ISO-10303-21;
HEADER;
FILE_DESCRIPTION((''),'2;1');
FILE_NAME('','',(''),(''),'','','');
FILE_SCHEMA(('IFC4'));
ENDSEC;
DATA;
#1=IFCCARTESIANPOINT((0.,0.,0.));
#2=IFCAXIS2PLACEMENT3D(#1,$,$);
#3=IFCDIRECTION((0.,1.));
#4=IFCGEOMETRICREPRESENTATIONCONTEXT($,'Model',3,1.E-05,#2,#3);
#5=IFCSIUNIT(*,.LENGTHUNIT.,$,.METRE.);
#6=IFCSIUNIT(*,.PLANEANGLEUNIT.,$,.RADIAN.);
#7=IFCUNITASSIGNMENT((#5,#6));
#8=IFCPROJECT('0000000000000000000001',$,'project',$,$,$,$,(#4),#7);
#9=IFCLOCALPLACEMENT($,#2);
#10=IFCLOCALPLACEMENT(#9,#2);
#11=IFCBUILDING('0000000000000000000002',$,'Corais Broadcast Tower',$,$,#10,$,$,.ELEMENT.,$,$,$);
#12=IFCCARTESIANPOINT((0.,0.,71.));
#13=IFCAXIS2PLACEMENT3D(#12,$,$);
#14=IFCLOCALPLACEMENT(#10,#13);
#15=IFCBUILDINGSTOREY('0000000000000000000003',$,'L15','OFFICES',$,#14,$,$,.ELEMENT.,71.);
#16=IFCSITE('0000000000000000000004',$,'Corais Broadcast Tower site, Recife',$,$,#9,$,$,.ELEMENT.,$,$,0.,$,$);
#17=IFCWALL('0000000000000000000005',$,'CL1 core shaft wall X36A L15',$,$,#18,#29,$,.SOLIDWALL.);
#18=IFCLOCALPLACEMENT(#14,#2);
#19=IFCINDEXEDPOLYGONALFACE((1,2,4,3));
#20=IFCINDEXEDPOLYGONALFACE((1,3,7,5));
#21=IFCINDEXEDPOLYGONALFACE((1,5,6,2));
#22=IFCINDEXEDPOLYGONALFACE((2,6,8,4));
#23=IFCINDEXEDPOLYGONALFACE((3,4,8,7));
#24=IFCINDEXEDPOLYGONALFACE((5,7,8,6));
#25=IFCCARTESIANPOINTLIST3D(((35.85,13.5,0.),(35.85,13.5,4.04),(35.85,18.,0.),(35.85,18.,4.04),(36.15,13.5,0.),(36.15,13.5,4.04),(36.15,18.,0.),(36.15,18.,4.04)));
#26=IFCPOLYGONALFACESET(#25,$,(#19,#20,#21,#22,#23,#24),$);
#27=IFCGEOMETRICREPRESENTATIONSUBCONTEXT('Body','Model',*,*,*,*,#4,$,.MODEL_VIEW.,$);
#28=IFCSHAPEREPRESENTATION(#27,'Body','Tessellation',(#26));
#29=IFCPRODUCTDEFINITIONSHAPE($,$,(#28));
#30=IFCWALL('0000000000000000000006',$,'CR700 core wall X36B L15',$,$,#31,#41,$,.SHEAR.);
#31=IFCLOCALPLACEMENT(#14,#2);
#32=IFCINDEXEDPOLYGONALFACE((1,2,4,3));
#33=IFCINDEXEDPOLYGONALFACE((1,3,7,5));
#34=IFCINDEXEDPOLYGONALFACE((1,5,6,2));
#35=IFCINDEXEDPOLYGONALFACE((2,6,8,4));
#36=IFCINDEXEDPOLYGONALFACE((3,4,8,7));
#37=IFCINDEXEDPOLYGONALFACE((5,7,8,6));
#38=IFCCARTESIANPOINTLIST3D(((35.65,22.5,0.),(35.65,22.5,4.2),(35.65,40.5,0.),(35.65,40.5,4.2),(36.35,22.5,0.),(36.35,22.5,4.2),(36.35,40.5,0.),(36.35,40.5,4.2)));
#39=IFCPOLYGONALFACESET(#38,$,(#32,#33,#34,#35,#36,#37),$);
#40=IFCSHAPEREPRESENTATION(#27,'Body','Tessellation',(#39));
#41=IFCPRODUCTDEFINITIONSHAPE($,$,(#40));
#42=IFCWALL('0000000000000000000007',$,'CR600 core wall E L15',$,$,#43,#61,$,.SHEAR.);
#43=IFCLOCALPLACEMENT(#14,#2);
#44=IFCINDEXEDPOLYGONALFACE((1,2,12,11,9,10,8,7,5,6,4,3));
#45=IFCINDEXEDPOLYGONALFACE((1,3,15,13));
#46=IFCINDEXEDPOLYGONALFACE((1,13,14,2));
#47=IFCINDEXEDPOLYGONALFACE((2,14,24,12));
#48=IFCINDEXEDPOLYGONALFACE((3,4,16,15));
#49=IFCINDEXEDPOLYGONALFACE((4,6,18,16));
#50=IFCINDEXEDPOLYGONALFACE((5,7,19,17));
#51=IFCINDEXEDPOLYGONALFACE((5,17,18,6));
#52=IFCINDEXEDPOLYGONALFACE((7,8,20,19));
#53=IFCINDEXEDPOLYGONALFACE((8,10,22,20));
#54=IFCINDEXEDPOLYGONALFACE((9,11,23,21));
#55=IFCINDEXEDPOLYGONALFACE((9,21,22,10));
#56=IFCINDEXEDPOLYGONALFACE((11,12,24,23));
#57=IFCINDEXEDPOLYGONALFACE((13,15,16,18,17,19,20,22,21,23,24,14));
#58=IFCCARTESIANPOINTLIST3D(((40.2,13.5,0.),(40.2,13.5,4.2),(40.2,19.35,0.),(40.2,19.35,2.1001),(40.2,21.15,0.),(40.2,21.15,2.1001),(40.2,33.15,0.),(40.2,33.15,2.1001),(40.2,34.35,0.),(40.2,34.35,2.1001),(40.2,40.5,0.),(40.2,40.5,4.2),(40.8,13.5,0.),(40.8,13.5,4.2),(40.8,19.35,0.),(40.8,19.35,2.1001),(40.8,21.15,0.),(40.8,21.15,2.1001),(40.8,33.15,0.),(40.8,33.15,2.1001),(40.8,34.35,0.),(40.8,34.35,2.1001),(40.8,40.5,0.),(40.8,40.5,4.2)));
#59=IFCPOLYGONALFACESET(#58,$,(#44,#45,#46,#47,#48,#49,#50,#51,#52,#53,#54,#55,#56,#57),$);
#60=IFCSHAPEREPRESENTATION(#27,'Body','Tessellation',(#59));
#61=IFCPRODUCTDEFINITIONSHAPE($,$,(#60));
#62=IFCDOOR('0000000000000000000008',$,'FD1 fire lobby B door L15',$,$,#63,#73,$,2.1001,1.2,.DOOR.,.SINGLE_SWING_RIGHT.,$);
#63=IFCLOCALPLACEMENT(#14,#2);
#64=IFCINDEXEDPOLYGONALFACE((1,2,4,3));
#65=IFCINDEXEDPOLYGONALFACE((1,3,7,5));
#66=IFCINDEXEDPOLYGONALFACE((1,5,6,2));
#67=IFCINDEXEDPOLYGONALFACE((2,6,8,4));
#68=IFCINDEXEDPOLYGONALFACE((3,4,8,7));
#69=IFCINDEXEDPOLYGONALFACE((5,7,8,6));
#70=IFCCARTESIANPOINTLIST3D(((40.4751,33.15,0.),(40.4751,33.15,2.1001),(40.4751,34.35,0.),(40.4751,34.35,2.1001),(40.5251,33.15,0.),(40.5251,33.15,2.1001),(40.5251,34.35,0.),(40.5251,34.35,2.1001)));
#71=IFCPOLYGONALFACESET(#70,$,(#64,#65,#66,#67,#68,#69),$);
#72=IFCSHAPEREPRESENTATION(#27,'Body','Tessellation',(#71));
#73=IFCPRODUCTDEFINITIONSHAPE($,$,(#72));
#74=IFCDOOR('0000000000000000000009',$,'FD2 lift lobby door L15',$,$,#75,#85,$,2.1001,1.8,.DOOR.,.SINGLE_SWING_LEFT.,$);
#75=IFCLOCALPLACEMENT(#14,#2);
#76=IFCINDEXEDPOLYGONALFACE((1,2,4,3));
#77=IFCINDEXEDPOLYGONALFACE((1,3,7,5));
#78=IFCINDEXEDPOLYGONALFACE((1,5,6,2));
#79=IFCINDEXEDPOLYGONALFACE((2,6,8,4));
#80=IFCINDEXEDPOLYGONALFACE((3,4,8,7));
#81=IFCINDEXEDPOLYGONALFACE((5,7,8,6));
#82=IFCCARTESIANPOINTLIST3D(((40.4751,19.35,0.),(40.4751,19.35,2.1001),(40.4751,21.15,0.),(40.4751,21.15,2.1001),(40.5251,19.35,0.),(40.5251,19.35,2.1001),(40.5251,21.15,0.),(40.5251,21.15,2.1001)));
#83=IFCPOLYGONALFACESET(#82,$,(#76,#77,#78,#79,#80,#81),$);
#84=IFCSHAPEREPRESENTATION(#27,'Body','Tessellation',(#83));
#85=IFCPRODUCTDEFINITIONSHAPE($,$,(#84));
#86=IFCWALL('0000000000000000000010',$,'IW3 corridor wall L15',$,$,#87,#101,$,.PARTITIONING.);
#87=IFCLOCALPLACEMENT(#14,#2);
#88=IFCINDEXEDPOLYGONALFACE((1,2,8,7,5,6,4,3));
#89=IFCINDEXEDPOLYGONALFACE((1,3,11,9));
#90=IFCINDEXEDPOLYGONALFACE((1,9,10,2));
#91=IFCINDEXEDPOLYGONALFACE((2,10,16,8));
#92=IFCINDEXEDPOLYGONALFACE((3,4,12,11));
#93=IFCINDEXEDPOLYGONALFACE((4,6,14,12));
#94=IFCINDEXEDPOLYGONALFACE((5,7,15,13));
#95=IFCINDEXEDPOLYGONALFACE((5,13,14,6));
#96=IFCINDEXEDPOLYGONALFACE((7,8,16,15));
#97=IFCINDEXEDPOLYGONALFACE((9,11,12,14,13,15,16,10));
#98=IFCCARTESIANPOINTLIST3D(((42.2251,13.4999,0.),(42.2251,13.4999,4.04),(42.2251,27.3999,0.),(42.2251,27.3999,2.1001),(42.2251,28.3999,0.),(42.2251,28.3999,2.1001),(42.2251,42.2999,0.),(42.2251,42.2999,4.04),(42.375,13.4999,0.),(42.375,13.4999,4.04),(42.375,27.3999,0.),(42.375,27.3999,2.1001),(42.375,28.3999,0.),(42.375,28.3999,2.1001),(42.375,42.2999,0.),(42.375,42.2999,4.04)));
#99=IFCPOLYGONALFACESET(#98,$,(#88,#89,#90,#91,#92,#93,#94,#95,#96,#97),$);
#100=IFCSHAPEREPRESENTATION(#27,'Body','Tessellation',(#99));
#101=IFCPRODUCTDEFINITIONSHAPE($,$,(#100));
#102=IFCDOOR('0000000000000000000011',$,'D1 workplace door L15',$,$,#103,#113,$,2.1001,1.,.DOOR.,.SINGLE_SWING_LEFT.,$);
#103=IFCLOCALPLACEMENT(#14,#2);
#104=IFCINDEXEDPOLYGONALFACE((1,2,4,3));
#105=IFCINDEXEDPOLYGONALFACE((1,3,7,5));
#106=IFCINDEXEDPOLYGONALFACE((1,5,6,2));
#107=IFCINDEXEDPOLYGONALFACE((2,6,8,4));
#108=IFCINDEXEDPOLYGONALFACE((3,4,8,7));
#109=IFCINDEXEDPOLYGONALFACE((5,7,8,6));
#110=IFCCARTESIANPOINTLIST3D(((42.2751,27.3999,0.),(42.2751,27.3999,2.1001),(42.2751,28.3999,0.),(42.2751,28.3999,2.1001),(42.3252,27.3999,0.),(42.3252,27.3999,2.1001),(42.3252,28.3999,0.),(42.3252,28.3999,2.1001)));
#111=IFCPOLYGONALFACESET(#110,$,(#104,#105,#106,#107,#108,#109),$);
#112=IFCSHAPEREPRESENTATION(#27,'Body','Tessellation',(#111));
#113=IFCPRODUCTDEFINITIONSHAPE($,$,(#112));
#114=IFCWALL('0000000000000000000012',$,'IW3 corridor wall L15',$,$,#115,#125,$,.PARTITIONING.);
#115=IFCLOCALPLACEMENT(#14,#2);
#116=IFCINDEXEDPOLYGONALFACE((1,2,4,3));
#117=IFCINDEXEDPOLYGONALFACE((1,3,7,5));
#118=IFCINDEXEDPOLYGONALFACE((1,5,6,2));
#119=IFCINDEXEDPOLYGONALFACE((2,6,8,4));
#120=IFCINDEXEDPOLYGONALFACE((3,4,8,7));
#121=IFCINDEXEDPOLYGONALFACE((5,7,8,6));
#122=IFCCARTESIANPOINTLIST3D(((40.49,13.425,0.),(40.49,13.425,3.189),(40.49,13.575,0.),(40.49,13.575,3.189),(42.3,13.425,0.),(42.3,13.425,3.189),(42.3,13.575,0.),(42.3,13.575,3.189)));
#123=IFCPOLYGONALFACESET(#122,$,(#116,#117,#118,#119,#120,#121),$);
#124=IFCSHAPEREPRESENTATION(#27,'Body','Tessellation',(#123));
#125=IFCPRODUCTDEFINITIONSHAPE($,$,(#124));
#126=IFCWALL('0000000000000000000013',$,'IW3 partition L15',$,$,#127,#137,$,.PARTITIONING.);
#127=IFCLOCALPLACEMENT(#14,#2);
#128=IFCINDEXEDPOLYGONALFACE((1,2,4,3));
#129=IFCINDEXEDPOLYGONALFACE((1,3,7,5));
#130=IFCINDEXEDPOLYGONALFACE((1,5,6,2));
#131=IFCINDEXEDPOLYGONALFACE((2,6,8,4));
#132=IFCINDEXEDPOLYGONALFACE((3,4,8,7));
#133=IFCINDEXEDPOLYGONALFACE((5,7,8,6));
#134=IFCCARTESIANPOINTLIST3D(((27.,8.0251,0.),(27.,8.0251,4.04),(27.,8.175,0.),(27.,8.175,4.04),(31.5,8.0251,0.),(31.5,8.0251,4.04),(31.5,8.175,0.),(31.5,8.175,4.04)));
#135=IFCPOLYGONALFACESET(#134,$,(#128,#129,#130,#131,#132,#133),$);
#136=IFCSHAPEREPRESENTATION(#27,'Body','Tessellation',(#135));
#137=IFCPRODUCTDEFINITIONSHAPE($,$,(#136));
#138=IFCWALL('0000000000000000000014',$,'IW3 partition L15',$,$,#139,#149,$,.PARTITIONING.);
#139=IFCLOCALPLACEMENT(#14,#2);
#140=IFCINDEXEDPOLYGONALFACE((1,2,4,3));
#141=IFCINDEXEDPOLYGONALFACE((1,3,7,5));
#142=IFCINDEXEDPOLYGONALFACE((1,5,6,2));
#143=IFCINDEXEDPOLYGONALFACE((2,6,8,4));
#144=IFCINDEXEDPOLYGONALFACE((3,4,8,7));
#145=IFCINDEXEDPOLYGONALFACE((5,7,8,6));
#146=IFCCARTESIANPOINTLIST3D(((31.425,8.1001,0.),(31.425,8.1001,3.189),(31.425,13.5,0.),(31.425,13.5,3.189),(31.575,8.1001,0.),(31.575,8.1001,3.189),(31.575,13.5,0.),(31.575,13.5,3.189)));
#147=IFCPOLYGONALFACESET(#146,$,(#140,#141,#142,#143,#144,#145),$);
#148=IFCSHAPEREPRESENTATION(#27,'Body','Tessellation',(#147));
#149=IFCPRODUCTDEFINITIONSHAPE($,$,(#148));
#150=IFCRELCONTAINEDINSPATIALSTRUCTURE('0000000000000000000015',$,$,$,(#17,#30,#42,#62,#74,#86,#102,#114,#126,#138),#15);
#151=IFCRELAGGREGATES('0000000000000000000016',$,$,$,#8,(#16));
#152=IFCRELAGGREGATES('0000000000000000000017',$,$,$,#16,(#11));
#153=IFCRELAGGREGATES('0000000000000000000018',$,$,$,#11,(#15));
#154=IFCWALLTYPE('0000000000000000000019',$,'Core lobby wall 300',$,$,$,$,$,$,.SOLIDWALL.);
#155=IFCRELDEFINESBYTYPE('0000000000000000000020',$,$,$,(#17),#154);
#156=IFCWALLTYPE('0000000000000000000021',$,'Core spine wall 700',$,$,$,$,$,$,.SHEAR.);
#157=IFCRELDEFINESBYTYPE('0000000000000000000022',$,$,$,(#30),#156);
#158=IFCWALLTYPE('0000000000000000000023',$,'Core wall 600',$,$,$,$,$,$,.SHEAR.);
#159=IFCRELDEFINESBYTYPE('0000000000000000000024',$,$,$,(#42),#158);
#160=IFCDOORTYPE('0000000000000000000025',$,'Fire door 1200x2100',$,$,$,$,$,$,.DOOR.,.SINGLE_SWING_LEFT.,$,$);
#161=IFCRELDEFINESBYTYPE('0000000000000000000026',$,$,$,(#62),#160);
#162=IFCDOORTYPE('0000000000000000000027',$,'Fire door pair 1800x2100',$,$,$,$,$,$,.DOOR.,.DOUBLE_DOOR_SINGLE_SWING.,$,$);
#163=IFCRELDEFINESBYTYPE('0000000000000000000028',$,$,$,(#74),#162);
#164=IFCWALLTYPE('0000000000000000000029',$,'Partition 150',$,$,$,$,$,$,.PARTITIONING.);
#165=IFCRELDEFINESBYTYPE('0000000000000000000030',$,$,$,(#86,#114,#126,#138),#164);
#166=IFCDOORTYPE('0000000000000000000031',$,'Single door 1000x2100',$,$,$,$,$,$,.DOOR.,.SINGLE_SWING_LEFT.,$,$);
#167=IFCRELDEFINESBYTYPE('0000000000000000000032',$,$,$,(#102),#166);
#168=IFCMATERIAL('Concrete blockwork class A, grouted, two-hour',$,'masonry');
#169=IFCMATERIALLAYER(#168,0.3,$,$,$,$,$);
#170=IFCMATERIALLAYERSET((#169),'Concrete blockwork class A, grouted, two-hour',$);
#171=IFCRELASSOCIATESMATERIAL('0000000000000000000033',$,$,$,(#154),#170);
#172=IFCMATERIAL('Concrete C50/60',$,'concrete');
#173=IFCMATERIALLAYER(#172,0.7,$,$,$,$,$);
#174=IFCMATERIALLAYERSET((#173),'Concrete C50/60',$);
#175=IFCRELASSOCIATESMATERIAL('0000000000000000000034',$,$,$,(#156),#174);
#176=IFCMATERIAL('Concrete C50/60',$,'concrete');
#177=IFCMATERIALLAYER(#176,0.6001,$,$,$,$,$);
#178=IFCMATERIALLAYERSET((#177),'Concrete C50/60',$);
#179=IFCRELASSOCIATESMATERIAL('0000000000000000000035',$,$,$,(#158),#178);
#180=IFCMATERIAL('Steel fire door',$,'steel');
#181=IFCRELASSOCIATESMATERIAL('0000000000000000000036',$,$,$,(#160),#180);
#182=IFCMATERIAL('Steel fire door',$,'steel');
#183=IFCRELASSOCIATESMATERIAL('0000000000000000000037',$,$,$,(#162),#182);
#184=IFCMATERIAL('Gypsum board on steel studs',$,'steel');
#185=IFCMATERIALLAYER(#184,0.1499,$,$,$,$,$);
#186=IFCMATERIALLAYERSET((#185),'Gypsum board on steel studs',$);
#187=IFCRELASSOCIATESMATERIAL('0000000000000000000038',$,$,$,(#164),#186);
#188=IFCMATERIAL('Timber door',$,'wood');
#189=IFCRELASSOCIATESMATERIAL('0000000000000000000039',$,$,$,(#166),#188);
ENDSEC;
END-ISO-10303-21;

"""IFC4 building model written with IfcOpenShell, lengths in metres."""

from ifc_helpers import new_model, si_unit, direction, frame, frame_2d, origin, place, context, subcontext, project, spatial, rectangle, extrude, material, layer, layer_set, type_object, element, fill, save


model = new_model("IFC4")

# Units and contexts
model_context = context("Model", 3, precision=1e-05, world=origin(), true_north=direction((0.0, 1.0)))
body_context = subcontext(model_context, "Body", "Model", "MODEL_VIEW")
ifc_project = project(units=[si_unit("LENGTHUNIT", "METRE"), si_unit("PLANEANGLEUNIT", "RADIAN")], contexts=[model_context])

# Site, building, storey
site_placement = place(None, origin())
site = spatial("IfcSite", under=ifc_project, at=site_placement, Name="Corais Broadcast Tower site, Recife", CompositionType="ELEMENT", RefElevation=0.0)
building_placement = place(site_placement, origin())
building = spatial("IfcBuilding", under=site, at=building_placement, Name="Corais Broadcast Tower", CompositionType="ELEMENT")
storey_placement = place(building_placement, frame((0.0, 0.0, 71.0)))
storey = spatial("IfcBuildingStorey", under=building, at=storey_placement, Name="L15", Description="OFFICES", CompositionType="ELEMENT", Elevation=71.0)

# Walls
ifc_material_1 = material(Name="Concrete blockwork class A, grouted, two-hour", Category="masonry")
ifc_layer_1 = layer(ifc_material_1, 0.3)
ifc_layer_set_1 = layer_set([ifc_layer_1], Name="Concrete blockwork class A, grouted, two-hour")
wall_type_1 = type_object("IfcWallType", Name="Core lobby wall 300", PredefinedType="SOLIDWALL", material=ifc_layer_set_1)
wall_1_placement = place(storey_placement, frame((36.0, 13.5, 0.0), z_axis=(0.0, 0.0, 1.0), x_axis=(0.0, 1.0, 0.0)))
element("IfcWall", 1, at=wall_1_placement, inside=storey, type_object=wall_type_1, Name="CL1 core shaft wall X36A L15", PredefinedType="SOLIDWALL", context=body_context, shape_type="SweptSolid", body=[
    extrude(rectangle(XDim=4.5, YDim=0.3, at=frame_2d((2.25, 0.0))), origin(), (0.0, 0.0, 1.0), 4.04),
])
ifc_material_2 = material(Name="Concrete C50/60", Category="concrete")
ifc_layer_2 = layer(ifc_material_2, 0.7)
ifc_layer_set_2 = layer_set([ifc_layer_2], Name="Concrete C50/60")
wall_type_2 = type_object("IfcWallType", Name="Core spine wall 700", PredefinedType="SHEAR", material=ifc_layer_set_2)
wall_2_placement = place(storey_placement, frame((36.0, 22.5, 0.0), z_axis=(0.0, 0.0, 1.0), x_axis=(0.0, 1.0, 0.0)))
element("IfcWall", 2, at=wall_2_placement, inside=storey, type_object=wall_type_2, Name="CR700 core wall X36B L15", PredefinedType="SHEAR", context=body_context, shape_type="SweptSolid", body=[
    extrude(rectangle(XDim=18.0, YDim=0.7, at=frame_2d((9.0, 0.0))), origin(), (0.0, 0.0, 1.0), 4.2),
])

# Wall, openings, doors
ifc_material_3 = material(Name="Concrete C50/60", Category="concrete")
ifc_layer_3 = layer(ifc_material_3, 0.6001)
ifc_layer_set_3 = layer_set([ifc_layer_3], Name="Concrete C50/60")
wall_type_3 = type_object("IfcWallType", Name="Core wall 600", PredefinedType="SHEAR", material=ifc_layer_set_3)
wall_3_placement = place(storey_placement, frame((40.5, 13.5, 0.0), z_axis=(0.0, 0.0, 1.0), x_axis=(0.0, 1.0, 0.0)))
wall_3 = element("IfcWall", 3, at=wall_3_placement, inside=storey, type_object=wall_type_3, Name="CR600 core wall E L15", PredefinedType="SHEAR", context=body_context, shape_type="SweptSolid", body=[
    extrude(rectangle(XDim=27.0, YDim=0.6001, at=frame_2d((13.5, 0.0))), origin(), (0.0, 0.0, 1.0), 4.2),
])
opening_1_placement = place(wall_3_placement, frame((5.8501, 0.0, 0.0)))
opening_1 = element("IfcOpeningElement", 4, at=opening_1_placement, cuts=wall_3, PredefinedType="OPENING", context=body_context, shape_type="SweptSolid", body=[
    extrude(rectangle(XDim=1.8, YDim=2.1001, at=frame_2d((0.8999, 1.05))), frame((0.0, 0.3101, 0.0), z_axis=(0.0, -1.0, 0.0), x_axis=(1.0, 0.0, 0.0)), (0.0, 0.0, 1.0), 0.6201),
])
opening_2_placement = place(wall_3_placement, frame((19.6499, 0.0, 0.0)))
opening_2 = element("IfcOpeningElement", 5, at=opening_2_placement, cuts=wall_3, PredefinedType="OPENING", context=body_context, shape_type="SweptSolid", body=[
    extrude(rectangle(XDim=1.2, YDim=2.1001, at=frame_2d((0.6001, 1.05))), frame((0.0, 0.3101, 0.0), z_axis=(0.0, -1.0, 0.0), x_axis=(1.0, 0.0, 0.0)), (0.0, 0.0, 1.0), 0.6201),
])
ifc_material_4 = material(Name="Steel fire door", Category="steel")
door_type_1 = type_object("IfcDoorType", Name="Fire door 1200x2100", OperationType="SINGLE_SWING_LEFT", PredefinedType="DOOR", material=ifc_material_4)
door_1_placement = place(opening_2_placement, origin())
door_1 = element("IfcDoor", 6, at=door_1_placement, inside=storey, type_object=door_type_1, Name="FD1 fire lobby B door L15", OperationType="SINGLE_SWING_RIGHT", OverallHeight=2.1001, OverallWidth=1.2, PredefinedType="DOOR", context=body_context, shape_type="SweptSolid", body=[
    extrude(rectangle(XDim=1.2, YDim=2.1001, at=frame_2d((0.6001, 1.05))), frame((0.0, 0.0249, 0.0), z_axis=(0.0, -1.0, 0.0), x_axis=(1.0, 0.0, 0.0)), (0.0, 0.0, 1.0), 0.05),
])
fill(opening_2, door_1)
ifc_material_5 = material(Name="Steel fire door", Category="steel")
door_type_2 = type_object("IfcDoorType", Name="Fire door pair 1800x2100", OperationType="DOUBLE_DOOR_SINGLE_SWING", PredefinedType="DOOR", material=ifc_material_5)
door_2_placement = place(opening_1_placement, origin())
door_2 = element("IfcDoor", 7, at=door_2_placement, inside=storey, type_object=door_type_2, Name="FD2 lift lobby door L15", OperationType="SINGLE_SWING_LEFT", OverallHeight=2.1001, OverallWidth=1.8, PredefinedType="DOOR", context=body_context, shape_type="SweptSolid", body=[
    extrude(rectangle(XDim=1.8, YDim=2.1001, at=frame_2d((0.8999, 1.05))), frame((0.0, 0.0249, 0.0), z_axis=(0.0, -1.0, 0.0), x_axis=(1.0, 0.0, 0.0)), (0.0, 0.0, 1.0), 0.05),
])
fill(opening_1, door_2)

# Wall, opening, door
ifc_material_6 = material(Name="Gypsum board on steel studs", Category="steel")
ifc_layer_4 = layer(ifc_material_6, 0.1499)
ifc_layer_set_4 = layer_set([ifc_layer_4], Name="Gypsum board on steel studs")
wall_type_4 = type_object("IfcWallType", Name="Partition 150", PredefinedType="PARTITIONING", material=ifc_layer_set_4)
wall_4_placement = place(storey_placement, frame((42.3, 13.5, 0.0), z_axis=(0.0, 0.0, 1.0), x_axis=(0.0, 1.0, 0.0)))
wall_4 = element("IfcWall", 8, at=wall_4_placement, inside=storey, type_object=wall_type_4, Name="IW3 corridor wall L15", PredefinedType="PARTITIONING", context=body_context, shape_type="SweptSolid", body=[
    extrude(rectangle(XDim=28.8, YDim=0.1499, at=frame_2d((14.3999, 0.0))), origin(), (0.0, 0.0, 1.0), 4.04),
])
opening_3_placement = place(wall_4_placement, frame((13.8999, 0.0, 0.0)))
opening_3 = element("IfcOpeningElement", 9, at=opening_3_placement, cuts=wall_4, PredefinedType="OPENING", context=body_context, shape_type="SweptSolid", body=[
    extrude(rectangle(XDim=1.0, YDim=2.1001, at=frame_2d((0.5, 1.05))), frame((0.0, 0.085, 0.0), z_axis=(0.0, -1.0, 0.0), x_axis=(1.0, 0.0, 0.0)), (0.0, 0.0, 1.0), 0.1699),
])
ifc_material_7 = material(Name="Timber door", Category="wood")
door_type_3 = type_object("IfcDoorType", Name="Single door 1000x2100", OperationType="SINGLE_SWING_LEFT", PredefinedType="DOOR", material=ifc_material_7)
door_3_placement = place(opening_3_placement, origin())
door_3 = element("IfcDoor", 10, at=door_3_placement, inside=storey, type_object=door_type_3, Name="D1 workplace door L15", OperationType="SINGLE_SWING_LEFT", OverallHeight=2.1001, OverallWidth=1.0, PredefinedType="DOOR", context=body_context, shape_type="SweptSolid", body=[
    extrude(rectangle(XDim=1.0, YDim=2.1001, at=frame_2d((0.5, 1.05))), frame((0.0, 0.0249, 0.0), z_axis=(0.0, -1.0, 0.0), x_axis=(1.0, 0.0, 0.0)), (0.0, 0.0, 1.0), 0.05),
])
fill(opening_3, door_3)

# Walls
wall_5_placement = place(storey_placement, frame((40.49, 13.5, 0.0), z_axis=(0.0, 0.0, 1.0), x_axis=(1.0, 0.0, 0.0)))
element("IfcWall", 11, at=wall_5_placement, inside=storey, type_object=wall_type_4, Name="IW3 corridor wall L15", PredefinedType="PARTITIONING", context=body_context, shape_type="SweptSolid", body=[
    extrude(rectangle(XDim=1.8101, YDim=0.1499, at=frame_2d((0.905, 0.0))), origin(), (0.0, 0.0, 1.0), 3.189),
])
wall_6_placement = place(storey_placement, frame((27.0, 8.1001, 0.0), z_axis=(0.0, 0.0, 1.0), x_axis=(1.0, 0.0, 0.0)))
element("IfcWall", 12, at=wall_6_placement, inside=storey, type_object=wall_type_4, Name="IW3 partition L15", PredefinedType="PARTITIONING", context=body_context, shape_type="SweptSolid", body=[
    extrude(rectangle(XDim=4.5, YDim=0.1499, at=frame_2d((2.25, 0.0))), origin(), (0.0, 0.0, 1.0), 4.04),
])
wall_7_placement = place(storey_placement, frame((31.5, 8.1001, 0.0), z_axis=(0.0, 0.0, 1.0), x_axis=(0.0, 1.0, 0.0)))
element("IfcWall", 13, at=wall_7_placement, inside=storey, type_object=wall_type_4, Name="IW3 partition L15", PredefinedType="PARTITIONING", context=body_context, shape_type="SweptSolid", body=[
    extrude(rectangle(XDim=5.3999, YDim=0.1499, at=frame_2d((2.7, 0.0))), origin(), (0.0, 0.0, 1.0), 3.189),
])

save(model, "model.ifc")
